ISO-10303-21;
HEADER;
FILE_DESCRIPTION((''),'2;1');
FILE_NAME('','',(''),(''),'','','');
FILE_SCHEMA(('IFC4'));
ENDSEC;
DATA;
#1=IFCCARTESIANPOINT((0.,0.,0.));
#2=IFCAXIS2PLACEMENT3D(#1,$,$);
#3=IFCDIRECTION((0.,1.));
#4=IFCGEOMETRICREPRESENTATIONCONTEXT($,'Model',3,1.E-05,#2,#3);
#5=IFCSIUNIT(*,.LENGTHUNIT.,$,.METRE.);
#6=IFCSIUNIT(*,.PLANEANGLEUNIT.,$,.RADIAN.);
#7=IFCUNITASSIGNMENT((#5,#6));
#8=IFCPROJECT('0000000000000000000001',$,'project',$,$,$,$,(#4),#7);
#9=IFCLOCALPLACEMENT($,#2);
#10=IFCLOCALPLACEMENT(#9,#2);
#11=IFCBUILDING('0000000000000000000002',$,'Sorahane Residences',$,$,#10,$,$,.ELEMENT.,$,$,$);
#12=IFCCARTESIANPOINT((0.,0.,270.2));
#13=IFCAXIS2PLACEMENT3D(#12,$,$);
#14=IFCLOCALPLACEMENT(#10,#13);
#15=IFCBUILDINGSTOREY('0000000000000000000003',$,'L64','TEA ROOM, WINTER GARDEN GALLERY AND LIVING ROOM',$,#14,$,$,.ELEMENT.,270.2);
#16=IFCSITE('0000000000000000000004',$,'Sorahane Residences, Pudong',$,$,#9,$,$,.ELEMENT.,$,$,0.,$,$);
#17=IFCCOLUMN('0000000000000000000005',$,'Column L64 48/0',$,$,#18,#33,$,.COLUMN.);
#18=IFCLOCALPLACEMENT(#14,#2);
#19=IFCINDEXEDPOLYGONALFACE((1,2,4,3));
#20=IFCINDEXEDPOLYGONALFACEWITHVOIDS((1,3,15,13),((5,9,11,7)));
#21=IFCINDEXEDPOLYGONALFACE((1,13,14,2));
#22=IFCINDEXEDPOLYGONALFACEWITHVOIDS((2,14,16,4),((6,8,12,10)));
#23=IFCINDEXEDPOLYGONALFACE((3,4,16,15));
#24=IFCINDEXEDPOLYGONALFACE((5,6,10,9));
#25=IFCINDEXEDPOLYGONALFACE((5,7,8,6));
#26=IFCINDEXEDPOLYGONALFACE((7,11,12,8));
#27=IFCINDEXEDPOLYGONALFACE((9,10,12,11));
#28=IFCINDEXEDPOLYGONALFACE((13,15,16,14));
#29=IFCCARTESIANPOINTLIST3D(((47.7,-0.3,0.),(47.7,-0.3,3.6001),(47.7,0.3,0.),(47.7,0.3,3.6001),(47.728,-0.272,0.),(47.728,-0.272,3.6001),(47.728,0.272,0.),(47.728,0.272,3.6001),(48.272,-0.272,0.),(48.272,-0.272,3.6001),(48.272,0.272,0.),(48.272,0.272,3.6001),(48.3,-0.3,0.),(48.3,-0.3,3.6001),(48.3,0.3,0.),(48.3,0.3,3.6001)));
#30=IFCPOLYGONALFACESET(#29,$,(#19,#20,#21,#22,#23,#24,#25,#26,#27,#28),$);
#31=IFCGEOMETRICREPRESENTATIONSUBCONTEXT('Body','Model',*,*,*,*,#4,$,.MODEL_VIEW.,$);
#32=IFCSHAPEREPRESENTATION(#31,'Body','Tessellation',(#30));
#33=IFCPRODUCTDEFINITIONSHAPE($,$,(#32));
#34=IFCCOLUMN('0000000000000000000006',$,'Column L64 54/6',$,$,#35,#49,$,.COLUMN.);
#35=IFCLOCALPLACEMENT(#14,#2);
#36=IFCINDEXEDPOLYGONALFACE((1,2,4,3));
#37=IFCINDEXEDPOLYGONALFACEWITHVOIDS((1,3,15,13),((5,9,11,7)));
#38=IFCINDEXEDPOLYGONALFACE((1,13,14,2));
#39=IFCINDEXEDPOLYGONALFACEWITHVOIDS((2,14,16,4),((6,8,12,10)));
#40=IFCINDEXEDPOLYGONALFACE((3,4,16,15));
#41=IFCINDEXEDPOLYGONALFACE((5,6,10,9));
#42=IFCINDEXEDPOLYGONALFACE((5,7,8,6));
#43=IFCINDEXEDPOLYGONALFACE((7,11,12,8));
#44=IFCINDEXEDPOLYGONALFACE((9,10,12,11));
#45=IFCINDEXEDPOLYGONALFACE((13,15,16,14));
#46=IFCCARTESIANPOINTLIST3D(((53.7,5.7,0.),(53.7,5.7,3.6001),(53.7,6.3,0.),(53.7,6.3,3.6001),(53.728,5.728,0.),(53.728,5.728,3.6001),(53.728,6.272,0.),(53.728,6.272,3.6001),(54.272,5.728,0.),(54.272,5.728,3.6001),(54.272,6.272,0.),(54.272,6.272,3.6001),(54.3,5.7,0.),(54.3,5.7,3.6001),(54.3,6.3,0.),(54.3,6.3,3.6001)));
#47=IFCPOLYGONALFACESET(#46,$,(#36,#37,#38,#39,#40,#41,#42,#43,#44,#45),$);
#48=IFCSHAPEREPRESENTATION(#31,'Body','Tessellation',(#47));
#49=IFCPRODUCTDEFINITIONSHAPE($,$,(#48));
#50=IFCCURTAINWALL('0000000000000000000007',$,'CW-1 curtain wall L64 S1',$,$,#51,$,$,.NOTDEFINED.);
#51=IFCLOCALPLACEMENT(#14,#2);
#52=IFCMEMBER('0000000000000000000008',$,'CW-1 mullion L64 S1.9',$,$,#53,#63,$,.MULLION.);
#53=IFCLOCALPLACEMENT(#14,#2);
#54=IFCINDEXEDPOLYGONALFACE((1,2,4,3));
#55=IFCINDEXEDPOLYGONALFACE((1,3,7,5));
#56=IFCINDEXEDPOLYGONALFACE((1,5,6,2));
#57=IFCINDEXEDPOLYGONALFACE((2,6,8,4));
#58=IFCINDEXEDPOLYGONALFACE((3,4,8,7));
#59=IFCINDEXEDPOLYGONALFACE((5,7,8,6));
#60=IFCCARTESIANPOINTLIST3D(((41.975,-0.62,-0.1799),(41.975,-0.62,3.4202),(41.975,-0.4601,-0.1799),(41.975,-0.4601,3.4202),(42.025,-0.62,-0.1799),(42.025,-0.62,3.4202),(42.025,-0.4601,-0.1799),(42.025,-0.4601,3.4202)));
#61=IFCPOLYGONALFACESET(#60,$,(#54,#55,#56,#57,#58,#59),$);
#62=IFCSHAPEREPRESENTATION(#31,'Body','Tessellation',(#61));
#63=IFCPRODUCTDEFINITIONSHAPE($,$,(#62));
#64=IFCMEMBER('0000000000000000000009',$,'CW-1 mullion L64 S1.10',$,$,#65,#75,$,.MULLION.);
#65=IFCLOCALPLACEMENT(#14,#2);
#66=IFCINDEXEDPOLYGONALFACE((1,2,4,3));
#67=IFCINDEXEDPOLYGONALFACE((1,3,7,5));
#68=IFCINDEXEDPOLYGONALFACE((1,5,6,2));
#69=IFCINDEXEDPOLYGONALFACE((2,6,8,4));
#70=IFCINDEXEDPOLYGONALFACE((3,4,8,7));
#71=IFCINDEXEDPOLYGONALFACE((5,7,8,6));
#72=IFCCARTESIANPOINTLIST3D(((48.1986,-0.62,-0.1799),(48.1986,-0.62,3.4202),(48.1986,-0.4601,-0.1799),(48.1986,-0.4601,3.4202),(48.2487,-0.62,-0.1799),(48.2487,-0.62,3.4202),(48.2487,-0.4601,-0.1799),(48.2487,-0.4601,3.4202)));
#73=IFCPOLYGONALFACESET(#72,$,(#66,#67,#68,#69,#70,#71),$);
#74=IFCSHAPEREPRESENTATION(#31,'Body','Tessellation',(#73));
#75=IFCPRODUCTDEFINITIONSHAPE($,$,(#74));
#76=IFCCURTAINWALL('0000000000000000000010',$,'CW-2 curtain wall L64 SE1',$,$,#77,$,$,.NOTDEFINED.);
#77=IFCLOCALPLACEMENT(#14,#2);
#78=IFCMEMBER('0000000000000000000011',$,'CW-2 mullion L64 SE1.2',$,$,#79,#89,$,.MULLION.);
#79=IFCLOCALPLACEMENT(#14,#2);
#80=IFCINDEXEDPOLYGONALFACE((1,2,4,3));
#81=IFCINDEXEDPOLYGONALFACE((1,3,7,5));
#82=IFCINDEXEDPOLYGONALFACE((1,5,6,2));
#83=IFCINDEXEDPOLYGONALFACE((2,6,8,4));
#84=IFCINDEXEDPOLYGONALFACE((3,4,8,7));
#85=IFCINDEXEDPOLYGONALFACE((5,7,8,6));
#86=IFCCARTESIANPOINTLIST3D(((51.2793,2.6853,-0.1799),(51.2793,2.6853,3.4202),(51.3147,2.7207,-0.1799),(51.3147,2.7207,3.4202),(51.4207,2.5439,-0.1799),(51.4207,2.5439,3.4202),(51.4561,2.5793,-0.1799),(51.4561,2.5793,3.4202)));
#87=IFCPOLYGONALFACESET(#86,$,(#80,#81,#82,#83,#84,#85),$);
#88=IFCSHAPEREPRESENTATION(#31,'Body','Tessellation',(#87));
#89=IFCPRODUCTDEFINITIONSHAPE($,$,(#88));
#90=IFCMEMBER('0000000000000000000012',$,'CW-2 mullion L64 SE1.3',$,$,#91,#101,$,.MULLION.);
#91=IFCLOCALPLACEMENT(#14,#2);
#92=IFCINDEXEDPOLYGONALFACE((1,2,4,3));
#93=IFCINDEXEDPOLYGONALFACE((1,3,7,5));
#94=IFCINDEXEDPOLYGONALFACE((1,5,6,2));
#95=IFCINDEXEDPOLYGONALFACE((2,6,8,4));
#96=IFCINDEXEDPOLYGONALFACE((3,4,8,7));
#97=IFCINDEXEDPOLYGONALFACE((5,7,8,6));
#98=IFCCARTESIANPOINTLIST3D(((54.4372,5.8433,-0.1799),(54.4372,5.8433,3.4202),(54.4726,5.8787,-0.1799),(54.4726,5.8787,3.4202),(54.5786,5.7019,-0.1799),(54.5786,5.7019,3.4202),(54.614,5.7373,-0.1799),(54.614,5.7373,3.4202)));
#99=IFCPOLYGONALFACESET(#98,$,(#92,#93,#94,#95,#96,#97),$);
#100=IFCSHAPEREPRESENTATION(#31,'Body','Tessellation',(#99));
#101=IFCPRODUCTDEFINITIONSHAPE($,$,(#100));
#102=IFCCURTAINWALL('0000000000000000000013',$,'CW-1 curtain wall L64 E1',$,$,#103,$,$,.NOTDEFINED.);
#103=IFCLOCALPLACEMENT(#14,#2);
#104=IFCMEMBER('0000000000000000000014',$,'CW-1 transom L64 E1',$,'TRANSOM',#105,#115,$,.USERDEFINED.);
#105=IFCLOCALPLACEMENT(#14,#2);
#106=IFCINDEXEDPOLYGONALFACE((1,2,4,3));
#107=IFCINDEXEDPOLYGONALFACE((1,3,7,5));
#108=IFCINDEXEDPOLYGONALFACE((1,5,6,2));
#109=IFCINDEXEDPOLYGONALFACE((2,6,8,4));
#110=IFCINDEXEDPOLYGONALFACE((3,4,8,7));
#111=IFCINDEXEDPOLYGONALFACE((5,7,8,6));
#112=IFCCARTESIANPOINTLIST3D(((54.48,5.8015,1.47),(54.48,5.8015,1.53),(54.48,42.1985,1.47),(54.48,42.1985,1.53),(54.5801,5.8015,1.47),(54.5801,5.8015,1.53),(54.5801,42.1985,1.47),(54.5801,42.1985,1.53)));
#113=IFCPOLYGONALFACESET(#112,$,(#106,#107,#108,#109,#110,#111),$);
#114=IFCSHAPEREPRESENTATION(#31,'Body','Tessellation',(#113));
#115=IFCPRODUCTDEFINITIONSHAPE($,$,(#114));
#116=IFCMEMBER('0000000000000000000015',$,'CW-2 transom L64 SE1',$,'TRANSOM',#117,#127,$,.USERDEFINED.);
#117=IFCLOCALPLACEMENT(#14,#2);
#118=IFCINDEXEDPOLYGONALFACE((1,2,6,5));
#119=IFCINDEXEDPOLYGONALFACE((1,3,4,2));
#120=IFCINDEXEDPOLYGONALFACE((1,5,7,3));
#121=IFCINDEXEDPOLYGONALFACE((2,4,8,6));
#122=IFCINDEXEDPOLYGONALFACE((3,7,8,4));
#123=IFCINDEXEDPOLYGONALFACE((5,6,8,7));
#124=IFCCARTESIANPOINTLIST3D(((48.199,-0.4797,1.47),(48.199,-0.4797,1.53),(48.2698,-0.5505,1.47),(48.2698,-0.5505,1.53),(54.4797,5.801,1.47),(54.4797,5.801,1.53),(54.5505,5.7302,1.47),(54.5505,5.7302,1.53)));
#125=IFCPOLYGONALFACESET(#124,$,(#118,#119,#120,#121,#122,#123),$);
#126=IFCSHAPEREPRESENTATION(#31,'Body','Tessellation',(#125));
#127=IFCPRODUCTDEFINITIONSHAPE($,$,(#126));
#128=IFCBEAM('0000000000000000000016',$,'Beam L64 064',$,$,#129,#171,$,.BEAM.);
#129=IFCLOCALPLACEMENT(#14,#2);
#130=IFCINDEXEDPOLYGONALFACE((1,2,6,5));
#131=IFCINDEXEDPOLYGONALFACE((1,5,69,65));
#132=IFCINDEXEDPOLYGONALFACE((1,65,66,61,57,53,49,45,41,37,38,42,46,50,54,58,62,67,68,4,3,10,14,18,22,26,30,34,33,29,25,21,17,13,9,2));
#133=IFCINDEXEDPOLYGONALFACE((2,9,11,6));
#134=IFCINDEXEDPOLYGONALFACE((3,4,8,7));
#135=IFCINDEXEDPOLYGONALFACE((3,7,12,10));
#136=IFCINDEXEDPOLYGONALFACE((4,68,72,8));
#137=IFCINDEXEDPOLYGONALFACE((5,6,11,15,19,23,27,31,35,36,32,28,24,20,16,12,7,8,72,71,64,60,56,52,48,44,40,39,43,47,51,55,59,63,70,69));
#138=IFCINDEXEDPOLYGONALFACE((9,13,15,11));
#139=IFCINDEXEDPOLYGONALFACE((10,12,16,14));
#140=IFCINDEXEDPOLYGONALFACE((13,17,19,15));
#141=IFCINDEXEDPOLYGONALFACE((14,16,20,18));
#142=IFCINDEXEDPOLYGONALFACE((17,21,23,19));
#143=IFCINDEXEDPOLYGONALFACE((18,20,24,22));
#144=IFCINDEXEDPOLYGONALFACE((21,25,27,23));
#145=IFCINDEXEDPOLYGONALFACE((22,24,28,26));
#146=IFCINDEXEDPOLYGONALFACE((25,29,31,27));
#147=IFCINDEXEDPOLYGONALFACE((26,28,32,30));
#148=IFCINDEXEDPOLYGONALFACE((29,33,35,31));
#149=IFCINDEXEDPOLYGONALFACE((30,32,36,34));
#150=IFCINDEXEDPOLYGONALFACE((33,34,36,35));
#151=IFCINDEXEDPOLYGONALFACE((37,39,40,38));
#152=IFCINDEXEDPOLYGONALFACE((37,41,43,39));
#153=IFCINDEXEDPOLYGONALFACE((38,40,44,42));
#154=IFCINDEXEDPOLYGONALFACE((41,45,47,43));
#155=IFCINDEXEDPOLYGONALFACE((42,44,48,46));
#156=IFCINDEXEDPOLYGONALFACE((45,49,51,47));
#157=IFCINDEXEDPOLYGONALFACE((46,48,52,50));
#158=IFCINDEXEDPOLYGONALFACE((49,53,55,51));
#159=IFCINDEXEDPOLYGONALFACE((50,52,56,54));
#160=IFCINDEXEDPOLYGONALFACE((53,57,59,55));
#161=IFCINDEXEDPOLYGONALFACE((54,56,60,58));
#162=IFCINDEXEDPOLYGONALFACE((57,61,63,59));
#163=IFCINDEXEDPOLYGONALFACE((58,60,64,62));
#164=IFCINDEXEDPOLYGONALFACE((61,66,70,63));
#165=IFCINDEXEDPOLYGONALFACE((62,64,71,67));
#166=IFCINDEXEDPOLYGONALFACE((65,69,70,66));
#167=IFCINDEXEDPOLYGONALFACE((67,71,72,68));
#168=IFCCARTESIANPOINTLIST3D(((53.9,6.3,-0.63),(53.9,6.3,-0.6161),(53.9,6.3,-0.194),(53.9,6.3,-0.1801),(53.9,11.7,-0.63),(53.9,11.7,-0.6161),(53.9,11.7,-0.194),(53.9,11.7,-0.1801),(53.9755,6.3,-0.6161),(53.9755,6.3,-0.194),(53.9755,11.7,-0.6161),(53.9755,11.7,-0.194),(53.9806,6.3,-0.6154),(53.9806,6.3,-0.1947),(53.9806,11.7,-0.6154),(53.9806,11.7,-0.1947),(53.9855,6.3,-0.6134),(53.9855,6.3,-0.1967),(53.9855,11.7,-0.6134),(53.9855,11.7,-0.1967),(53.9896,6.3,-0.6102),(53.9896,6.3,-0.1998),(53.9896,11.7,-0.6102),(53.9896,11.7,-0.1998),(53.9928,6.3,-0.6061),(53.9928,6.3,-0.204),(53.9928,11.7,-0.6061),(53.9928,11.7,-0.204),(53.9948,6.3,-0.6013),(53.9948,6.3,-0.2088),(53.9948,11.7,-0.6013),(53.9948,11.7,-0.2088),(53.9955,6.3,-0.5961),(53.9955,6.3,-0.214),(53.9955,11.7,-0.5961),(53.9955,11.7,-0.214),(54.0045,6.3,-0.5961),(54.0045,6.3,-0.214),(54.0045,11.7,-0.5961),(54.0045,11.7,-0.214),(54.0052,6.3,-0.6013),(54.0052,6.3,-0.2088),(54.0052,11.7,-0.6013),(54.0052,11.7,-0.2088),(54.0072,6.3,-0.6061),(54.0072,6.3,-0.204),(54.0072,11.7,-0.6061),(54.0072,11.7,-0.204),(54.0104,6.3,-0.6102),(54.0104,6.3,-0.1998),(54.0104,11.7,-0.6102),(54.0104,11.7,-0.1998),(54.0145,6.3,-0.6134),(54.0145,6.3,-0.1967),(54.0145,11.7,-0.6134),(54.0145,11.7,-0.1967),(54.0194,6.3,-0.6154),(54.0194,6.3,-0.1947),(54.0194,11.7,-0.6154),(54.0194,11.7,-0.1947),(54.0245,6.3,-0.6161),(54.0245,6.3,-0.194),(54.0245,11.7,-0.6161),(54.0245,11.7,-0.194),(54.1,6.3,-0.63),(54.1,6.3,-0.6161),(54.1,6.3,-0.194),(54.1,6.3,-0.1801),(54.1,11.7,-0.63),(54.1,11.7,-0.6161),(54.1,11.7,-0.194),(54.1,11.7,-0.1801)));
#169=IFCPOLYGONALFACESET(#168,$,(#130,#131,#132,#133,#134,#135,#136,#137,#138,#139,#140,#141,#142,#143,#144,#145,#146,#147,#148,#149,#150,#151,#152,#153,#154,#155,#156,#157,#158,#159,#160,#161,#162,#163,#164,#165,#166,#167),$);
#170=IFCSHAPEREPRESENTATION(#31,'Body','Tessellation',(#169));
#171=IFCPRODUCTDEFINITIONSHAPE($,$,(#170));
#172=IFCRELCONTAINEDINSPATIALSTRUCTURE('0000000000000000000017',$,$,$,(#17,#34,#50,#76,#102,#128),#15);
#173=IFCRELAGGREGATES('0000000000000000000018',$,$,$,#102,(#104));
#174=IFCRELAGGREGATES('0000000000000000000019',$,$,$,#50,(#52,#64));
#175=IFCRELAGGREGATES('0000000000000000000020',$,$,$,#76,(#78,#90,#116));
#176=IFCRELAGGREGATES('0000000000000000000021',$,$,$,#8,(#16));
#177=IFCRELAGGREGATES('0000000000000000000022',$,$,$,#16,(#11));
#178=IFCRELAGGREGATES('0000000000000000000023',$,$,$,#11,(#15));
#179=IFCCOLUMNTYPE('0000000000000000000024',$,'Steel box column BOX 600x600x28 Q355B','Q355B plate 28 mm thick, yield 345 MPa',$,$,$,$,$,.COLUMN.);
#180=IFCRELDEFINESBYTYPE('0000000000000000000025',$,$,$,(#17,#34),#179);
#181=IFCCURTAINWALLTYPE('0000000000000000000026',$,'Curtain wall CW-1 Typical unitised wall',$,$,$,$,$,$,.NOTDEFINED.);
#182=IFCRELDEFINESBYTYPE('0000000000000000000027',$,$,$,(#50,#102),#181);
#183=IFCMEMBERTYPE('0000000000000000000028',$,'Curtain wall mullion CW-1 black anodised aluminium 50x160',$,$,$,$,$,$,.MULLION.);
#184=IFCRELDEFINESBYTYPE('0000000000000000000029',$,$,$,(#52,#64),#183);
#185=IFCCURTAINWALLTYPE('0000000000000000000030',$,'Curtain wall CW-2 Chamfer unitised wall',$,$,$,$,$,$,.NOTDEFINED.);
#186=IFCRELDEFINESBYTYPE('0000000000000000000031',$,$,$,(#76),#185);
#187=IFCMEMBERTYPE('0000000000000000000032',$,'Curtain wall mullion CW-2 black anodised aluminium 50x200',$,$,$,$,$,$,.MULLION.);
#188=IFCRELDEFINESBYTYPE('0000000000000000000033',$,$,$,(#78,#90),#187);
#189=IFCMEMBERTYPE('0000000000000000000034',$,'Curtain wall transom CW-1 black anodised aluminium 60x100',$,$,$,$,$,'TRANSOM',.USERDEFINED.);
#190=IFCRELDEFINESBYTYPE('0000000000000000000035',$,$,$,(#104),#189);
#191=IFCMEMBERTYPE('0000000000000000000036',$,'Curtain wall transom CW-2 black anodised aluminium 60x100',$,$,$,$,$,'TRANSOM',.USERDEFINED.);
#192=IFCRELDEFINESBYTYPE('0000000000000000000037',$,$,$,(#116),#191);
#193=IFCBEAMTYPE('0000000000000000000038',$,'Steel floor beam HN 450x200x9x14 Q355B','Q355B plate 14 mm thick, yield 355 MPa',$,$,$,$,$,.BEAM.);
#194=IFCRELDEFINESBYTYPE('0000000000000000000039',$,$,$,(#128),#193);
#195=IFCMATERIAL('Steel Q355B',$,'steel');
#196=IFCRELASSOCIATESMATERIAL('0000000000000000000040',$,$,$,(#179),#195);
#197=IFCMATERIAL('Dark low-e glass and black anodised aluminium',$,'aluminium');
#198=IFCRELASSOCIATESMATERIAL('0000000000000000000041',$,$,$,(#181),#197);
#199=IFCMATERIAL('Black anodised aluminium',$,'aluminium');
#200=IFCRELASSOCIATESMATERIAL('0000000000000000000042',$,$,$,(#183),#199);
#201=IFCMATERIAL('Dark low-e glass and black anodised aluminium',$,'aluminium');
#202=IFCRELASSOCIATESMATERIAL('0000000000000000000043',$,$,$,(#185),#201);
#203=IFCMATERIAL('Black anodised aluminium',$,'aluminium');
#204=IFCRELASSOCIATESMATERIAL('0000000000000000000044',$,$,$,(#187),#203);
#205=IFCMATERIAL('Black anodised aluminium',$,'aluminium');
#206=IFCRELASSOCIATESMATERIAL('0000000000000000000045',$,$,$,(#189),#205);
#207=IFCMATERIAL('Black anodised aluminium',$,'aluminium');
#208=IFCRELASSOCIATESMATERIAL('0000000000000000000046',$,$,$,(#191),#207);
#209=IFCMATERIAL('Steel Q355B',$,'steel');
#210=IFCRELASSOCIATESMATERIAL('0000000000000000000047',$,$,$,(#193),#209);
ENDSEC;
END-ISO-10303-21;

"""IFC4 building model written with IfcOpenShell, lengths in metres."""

from ifc_helpers import new_model, si_unit, direction, frame, origin, origin_2d, place, context, subcontext, project, spatial, rectangle, hollow_rectangle, i_section, extrude, material, material_profile, profile_set, type_object, element, aggregate, save


model = new_model("IFC4")

# Units and contexts
model_context = context("Model", 3, precision=1e-05, world=origin(), true_north=direction((0.0, 1.0)))
body_context = subcontext(model_context, "Body", "Model", "MODEL_VIEW")
ifc_project = project(units=[si_unit("LENGTHUNIT", "METRE"), si_unit("PLANEANGLEUNIT", "RADIAN")], contexts=[model_context])

# Site, building, storey
site_placement = place(None, origin())
site = spatial("IfcSite", under=ifc_project, at=site_placement, Name="Sorahane Residences, Pudong", CompositionType="ELEMENT", RefElevation=0.0)
building_placement = place(site_placement, origin())
building = spatial("IfcBuilding", under=site, at=building_placement, Name="Sorahane Residences", CompositionType="ELEMENT")
storey_placement = place(building_placement, frame((0.0, 0.0, 270.2)))
storey = spatial("IfcBuildingStorey", under=building, at=storey_placement, Name="L64", Description="TEA ROOM, WINTER GARDEN GALLERY AND LIVING ROOM", CompositionType="ELEMENT", Elevation=270.2)

# Columns
ifc_material_1 = material(Name="Steel Q355B", Category="steel")
ifc_material_profile_1 = material_profile(ifc_material_1, hollow_rectangle(XDim=0.6001, YDim=0.6001, WallThickness=0.0281, at=origin_2d()), Name="BOX 600x600x28")
ifc_profile_set_1 = profile_set([ifc_material_profile_1], Name="Steel Q355B")
column_type = type_object("IfcColumnType", Name="Steel box column BOX 600x600x28 Q355B", Description="Q355B plate 28 mm thick, yield 345 MPa", PredefinedType="COLUMN", material=ifc_profile_set_1)
for number, where, z_axis, x_axis, name in (
    (1, (48.0, 0.0, 0.0), (0.0, 0.0, 1.0), (1.0, 0.0, 0.0), "Column L64 48/0"),
    (2, (54.0, 6.0, 0.0), (0.0, 0.0, 1.0), (1.0, 0.0, 0.0), "Column L64 54/6"),
):
    element("IfcColumn", number, at=place(storey_placement, frame(where, z_axis=z_axis, x_axis=x_axis)), inside=storey, type_object=column_type, Name=name, PredefinedType="COLUMN", context=body_context, shape_type="SweptSolid", body=[
        extrude(hollow_rectangle(XDim=0.6001, YDim=0.6001, WallThickness=0.0281, at=origin_2d()), origin(), (0.0, 0.0, 1.0), 3.6001),
    ])

# Curtain walls, members
ifc_material_2 = material(Name="Dark low-e glass and black anodised aluminium", Category="aluminium")
curtain_wall_type_1 = type_object("IfcCurtainWallType", Name="Curtain wall CW-1 Typical unitised wall", PredefinedType="NOTDEFINED", material=ifc_material_2)
curtain_wall_1_placement = place(storey_placement, origin())
curtain_wall_1 = element("IfcCurtainWall", 3, at=curtain_wall_1_placement, inside=storey, type_object=curtain_wall_type_1, Name="CW-1 curtain wall L64 S1", PredefinedType="NOTDEFINED")
ifc_material_3 = material(Name="Black anodised aluminium", Category="aluminium")
ifc_material_profile_2 = material_profile(ifc_material_3, rectangle(XDim=0.1599, YDim=0.05, at=origin_2d()), Name="Curtain wall mullion CW-1 black anodised aluminium 50x160")
ifc_profile_set_2 = profile_set([ifc_material_profile_2], Name="Black anodised aluminium")
member_type_1 = type_object("IfcMemberType", Name="Curtain wall mullion CW-1 black anodised aluminium 50x160", PredefinedType="MULLION", material=ifc_profile_set_2)
member_1_placement = place(storey_placement, frame((42.0, -0.54, -0.1799), z_axis=(0.0, 0.0, 1.0), x_axis=(0.0, -1.0, 0.0)))
member_1 = element("IfcMember", 4, at=member_1_placement, type_object=member_type_1, Name="CW-1 mullion L64 S1.9", PredefinedType="MULLION", context=body_context, shape_type="SweptSolid", body=[
    extrude(rectangle(XDim=0.1599, YDim=0.05, at=origin_2d()), origin(), (0.0, 0.0, 1.0), 3.6001),
])
member_2_placement = place(storey_placement, frame((48.2236, -0.54, -0.1799), z_axis=(0.0, 0.0, 1.0), x_axis=(0.0, -1.0, 0.0)))
member_2 = element("IfcMember", 5, at=member_2_placement, type_object=member_type_1, Name="CW-1 mullion L64 S1.10", PredefinedType="MULLION", context=body_context, shape_type="SweptSolid", body=[
    extrude(rectangle(XDim=0.1599, YDim=0.05, at=origin_2d()), origin(), (0.0, 0.0, 1.0), 3.6001),
])
ifc_material_4 = material(Name="Dark low-e glass and black anodised aluminium", Category="aluminium")
curtain_wall_type_2 = type_object("IfcCurtainWallType", Name="Curtain wall CW-2 Chamfer unitised wall", PredefinedType="NOTDEFINED", material=ifc_material_4)
curtain_wall_2_placement = place(storey_placement, origin())
curtain_wall_2 = element("IfcCurtainWall", 6, at=curtain_wall_2_placement, inside=storey, type_object=curtain_wall_type_2, Name="CW-2 curtain wall L64 SE1", PredefinedType="NOTDEFINED")
ifc_material_5 = material(Name="Black anodised aluminium", Category="aluminium")
ifc_material_profile_3 = material_profile(ifc_material_5, rectangle(XDim=0.2, YDim=0.05, at=origin_2d()), Name="Curtain wall mullion CW-2 black anodised aluminium 50x200")
ifc_profile_set_3 = profile_set([ifc_material_profile_3], Name="Black anodised aluminium")
member_type_2 = type_object("IfcMemberType", Name="Curtain wall mullion CW-2 black anodised aluminium 50x200", PredefinedType="MULLION", material=ifc_profile_set_3)
member_3_placement = place(storey_placement, frame((51.3677, 2.6323, -0.1799), z_axis=(0.0, 0.0, 1.0), x_axis=(0.707107, -0.707107, 0.0)))
member_3 = element("IfcMember", 7, at=member_3_placement, type_object=member_type_2, Name="CW-2 mullion L64 SE1.2", PredefinedType="MULLION", context=body_context, shape_type="SweptSolid", body=[
    extrude(rectangle(XDim=0.2, YDim=0.05, at=origin_2d()), origin(), (0.0, 0.0, 1.0), 3.6001),
])
member_4_placement = place(storey_placement, frame((54.5256, 5.7903, -0.1799), z_axis=(0.0, 0.0, 1.0), x_axis=(0.707107, -0.707107, 0.0)))
member_4 = element("IfcMember", 8, at=member_4_placement, type_object=member_type_2, Name="CW-2 mullion L64 SE1.3", PredefinedType="MULLION", context=body_context, shape_type="SweptSolid", body=[
    extrude(rectangle(XDim=0.2, YDim=0.05, at=origin_2d()), origin(), (0.0, 0.0, 1.0), 3.6001),
])

# Curtain wall, member
curtain_wall_3_placement = place(storey_placement, origin())
curtain_wall_3 = element("IfcCurtainWall", 9, at=curtain_wall_3_placement, inside=storey, type_object=curtain_wall_type_1, Name="CW-1 curtain wall L64 E1", PredefinedType="NOTDEFINED")
ifc_material_6 = material(Name="Black anodised aluminium", Category="aluminium")
ifc_material_profile_4 = material_profile(ifc_material_6, rectangle(XDim=0.1001, YDim=0.0601, at=origin_2d()), Name="Curtain wall transom CW-1 black anodised aluminium 60x100")
ifc_profile_set_4 = profile_set([ifc_material_profile_4], Name="Black anodised aluminium")
member_type_3 = type_object("IfcMemberType", Name="Curtain wall transom CW-1 black anodised aluminium 60x100", ElementType="TRANSOM", PredefinedType="USERDEFINED", material=ifc_profile_set_4)
member_5_placement = place(storey_placement, frame((54.53, 5.8015, 1.5), z_axis=(0.0, 1.0, 0.0), x_axis=(-1.0, 0.0, 0.0)))
member_5 = element("IfcMember", 10, at=member_5_placement, type_object=member_type_3, Name="CW-1 transom L64 E1", ObjectType="TRANSOM", PredefinedType="USERDEFINED", context=body_context, shape_type="SweptSolid", body=[
    extrude(rectangle(XDim=0.1001, YDim=0.0601, at=origin_2d()), origin(), (0.0, 0.0, 1.0), 36.397),
])
aggregate(curtain_wall_3, [member_5])

# Member
ifc_material_7 = material(Name="Black anodised aluminium", Category="aluminium")
ifc_material_profile_5 = material_profile(ifc_material_7, rectangle(XDim=0.1001, YDim=0.0601, at=origin_2d()), Name="Curtain wall transom CW-2 black anodised aluminium 60x100")
ifc_profile_set_5 = profile_set([ifc_material_profile_5], Name="Black anodised aluminium")
member_type_4 = type_object("IfcMemberType", Name="Curtain wall transom CW-2 black anodised aluminium 60x100", ElementType="TRANSOM", PredefinedType="USERDEFINED", material=ifc_profile_set_5)
member_6_placement = place(storey_placement, frame((48.2344, -0.5151, 1.5), z_axis=(0.707107, 0.707107, 0.0), x_axis=(-0.707107, 0.707107, 0.0)))
member_6 = element("IfcMember", 11, at=member_6_placement, type_object=member_type_4, Name="CW-2 transom L64 SE1", ObjectType="TRANSOM", PredefinedType="USERDEFINED", context=body_context, shape_type="SweptSolid", body=[
    extrude(rectangle(XDim=0.1001, YDim=0.0601, at=origin_2d()), origin(), (0.0, 0.0, 1.0), 8.8823),
])

# Beam
ifc_material_8 = material(Name="Steel Q355B", Category="steel")
ifc_material_profile_6 = material_profile(ifc_material_8, i_section(OverallWidth=0.2, OverallDepth=0.45, WebThickness=0.009, FlangeThickness=0.0139, FilletRadius=0.02, at=origin_2d()), Name="HN 450x200x9x14")
ifc_profile_set_6 = profile_set([ifc_material_profile_6], Name="Steel Q355B")
beam_type_1 = type_object("IfcBeamType", Name="Steel floor beam HN 450x200x9x14 Q355B", Description="Q355B plate 14 mm thick, yield 355 MPa", PredefinedType="BEAM", material=ifc_profile_set_6)
beam_1_placement = place(storey_placement, frame((54.0, 6.3, -0.405), z_axis=(0.0, 1.0, 0.0), x_axis=(-1.0, 0.0, 0.0)))
element("IfcBeam", 12, at=beam_1_placement, inside=storey, type_object=beam_type_1, Name="Beam L64 064", PredefinedType="BEAM", context=body_context, shape_type="SweptSolid", body=[
    extrude(i_section(OverallWidth=0.2, OverallDepth=0.45, WebThickness=0.009, FlangeThickness=0.0139, FilletRadius=0.02, at=origin_2d()), origin(), (0.0, 0.0, 1.0), 5.3999),
])

aggregate(curtain_wall_1, [member_1, member_2])
aggregate(curtain_wall_2, [member_3, member_4, member_6])

save(model, "model.ifc")
